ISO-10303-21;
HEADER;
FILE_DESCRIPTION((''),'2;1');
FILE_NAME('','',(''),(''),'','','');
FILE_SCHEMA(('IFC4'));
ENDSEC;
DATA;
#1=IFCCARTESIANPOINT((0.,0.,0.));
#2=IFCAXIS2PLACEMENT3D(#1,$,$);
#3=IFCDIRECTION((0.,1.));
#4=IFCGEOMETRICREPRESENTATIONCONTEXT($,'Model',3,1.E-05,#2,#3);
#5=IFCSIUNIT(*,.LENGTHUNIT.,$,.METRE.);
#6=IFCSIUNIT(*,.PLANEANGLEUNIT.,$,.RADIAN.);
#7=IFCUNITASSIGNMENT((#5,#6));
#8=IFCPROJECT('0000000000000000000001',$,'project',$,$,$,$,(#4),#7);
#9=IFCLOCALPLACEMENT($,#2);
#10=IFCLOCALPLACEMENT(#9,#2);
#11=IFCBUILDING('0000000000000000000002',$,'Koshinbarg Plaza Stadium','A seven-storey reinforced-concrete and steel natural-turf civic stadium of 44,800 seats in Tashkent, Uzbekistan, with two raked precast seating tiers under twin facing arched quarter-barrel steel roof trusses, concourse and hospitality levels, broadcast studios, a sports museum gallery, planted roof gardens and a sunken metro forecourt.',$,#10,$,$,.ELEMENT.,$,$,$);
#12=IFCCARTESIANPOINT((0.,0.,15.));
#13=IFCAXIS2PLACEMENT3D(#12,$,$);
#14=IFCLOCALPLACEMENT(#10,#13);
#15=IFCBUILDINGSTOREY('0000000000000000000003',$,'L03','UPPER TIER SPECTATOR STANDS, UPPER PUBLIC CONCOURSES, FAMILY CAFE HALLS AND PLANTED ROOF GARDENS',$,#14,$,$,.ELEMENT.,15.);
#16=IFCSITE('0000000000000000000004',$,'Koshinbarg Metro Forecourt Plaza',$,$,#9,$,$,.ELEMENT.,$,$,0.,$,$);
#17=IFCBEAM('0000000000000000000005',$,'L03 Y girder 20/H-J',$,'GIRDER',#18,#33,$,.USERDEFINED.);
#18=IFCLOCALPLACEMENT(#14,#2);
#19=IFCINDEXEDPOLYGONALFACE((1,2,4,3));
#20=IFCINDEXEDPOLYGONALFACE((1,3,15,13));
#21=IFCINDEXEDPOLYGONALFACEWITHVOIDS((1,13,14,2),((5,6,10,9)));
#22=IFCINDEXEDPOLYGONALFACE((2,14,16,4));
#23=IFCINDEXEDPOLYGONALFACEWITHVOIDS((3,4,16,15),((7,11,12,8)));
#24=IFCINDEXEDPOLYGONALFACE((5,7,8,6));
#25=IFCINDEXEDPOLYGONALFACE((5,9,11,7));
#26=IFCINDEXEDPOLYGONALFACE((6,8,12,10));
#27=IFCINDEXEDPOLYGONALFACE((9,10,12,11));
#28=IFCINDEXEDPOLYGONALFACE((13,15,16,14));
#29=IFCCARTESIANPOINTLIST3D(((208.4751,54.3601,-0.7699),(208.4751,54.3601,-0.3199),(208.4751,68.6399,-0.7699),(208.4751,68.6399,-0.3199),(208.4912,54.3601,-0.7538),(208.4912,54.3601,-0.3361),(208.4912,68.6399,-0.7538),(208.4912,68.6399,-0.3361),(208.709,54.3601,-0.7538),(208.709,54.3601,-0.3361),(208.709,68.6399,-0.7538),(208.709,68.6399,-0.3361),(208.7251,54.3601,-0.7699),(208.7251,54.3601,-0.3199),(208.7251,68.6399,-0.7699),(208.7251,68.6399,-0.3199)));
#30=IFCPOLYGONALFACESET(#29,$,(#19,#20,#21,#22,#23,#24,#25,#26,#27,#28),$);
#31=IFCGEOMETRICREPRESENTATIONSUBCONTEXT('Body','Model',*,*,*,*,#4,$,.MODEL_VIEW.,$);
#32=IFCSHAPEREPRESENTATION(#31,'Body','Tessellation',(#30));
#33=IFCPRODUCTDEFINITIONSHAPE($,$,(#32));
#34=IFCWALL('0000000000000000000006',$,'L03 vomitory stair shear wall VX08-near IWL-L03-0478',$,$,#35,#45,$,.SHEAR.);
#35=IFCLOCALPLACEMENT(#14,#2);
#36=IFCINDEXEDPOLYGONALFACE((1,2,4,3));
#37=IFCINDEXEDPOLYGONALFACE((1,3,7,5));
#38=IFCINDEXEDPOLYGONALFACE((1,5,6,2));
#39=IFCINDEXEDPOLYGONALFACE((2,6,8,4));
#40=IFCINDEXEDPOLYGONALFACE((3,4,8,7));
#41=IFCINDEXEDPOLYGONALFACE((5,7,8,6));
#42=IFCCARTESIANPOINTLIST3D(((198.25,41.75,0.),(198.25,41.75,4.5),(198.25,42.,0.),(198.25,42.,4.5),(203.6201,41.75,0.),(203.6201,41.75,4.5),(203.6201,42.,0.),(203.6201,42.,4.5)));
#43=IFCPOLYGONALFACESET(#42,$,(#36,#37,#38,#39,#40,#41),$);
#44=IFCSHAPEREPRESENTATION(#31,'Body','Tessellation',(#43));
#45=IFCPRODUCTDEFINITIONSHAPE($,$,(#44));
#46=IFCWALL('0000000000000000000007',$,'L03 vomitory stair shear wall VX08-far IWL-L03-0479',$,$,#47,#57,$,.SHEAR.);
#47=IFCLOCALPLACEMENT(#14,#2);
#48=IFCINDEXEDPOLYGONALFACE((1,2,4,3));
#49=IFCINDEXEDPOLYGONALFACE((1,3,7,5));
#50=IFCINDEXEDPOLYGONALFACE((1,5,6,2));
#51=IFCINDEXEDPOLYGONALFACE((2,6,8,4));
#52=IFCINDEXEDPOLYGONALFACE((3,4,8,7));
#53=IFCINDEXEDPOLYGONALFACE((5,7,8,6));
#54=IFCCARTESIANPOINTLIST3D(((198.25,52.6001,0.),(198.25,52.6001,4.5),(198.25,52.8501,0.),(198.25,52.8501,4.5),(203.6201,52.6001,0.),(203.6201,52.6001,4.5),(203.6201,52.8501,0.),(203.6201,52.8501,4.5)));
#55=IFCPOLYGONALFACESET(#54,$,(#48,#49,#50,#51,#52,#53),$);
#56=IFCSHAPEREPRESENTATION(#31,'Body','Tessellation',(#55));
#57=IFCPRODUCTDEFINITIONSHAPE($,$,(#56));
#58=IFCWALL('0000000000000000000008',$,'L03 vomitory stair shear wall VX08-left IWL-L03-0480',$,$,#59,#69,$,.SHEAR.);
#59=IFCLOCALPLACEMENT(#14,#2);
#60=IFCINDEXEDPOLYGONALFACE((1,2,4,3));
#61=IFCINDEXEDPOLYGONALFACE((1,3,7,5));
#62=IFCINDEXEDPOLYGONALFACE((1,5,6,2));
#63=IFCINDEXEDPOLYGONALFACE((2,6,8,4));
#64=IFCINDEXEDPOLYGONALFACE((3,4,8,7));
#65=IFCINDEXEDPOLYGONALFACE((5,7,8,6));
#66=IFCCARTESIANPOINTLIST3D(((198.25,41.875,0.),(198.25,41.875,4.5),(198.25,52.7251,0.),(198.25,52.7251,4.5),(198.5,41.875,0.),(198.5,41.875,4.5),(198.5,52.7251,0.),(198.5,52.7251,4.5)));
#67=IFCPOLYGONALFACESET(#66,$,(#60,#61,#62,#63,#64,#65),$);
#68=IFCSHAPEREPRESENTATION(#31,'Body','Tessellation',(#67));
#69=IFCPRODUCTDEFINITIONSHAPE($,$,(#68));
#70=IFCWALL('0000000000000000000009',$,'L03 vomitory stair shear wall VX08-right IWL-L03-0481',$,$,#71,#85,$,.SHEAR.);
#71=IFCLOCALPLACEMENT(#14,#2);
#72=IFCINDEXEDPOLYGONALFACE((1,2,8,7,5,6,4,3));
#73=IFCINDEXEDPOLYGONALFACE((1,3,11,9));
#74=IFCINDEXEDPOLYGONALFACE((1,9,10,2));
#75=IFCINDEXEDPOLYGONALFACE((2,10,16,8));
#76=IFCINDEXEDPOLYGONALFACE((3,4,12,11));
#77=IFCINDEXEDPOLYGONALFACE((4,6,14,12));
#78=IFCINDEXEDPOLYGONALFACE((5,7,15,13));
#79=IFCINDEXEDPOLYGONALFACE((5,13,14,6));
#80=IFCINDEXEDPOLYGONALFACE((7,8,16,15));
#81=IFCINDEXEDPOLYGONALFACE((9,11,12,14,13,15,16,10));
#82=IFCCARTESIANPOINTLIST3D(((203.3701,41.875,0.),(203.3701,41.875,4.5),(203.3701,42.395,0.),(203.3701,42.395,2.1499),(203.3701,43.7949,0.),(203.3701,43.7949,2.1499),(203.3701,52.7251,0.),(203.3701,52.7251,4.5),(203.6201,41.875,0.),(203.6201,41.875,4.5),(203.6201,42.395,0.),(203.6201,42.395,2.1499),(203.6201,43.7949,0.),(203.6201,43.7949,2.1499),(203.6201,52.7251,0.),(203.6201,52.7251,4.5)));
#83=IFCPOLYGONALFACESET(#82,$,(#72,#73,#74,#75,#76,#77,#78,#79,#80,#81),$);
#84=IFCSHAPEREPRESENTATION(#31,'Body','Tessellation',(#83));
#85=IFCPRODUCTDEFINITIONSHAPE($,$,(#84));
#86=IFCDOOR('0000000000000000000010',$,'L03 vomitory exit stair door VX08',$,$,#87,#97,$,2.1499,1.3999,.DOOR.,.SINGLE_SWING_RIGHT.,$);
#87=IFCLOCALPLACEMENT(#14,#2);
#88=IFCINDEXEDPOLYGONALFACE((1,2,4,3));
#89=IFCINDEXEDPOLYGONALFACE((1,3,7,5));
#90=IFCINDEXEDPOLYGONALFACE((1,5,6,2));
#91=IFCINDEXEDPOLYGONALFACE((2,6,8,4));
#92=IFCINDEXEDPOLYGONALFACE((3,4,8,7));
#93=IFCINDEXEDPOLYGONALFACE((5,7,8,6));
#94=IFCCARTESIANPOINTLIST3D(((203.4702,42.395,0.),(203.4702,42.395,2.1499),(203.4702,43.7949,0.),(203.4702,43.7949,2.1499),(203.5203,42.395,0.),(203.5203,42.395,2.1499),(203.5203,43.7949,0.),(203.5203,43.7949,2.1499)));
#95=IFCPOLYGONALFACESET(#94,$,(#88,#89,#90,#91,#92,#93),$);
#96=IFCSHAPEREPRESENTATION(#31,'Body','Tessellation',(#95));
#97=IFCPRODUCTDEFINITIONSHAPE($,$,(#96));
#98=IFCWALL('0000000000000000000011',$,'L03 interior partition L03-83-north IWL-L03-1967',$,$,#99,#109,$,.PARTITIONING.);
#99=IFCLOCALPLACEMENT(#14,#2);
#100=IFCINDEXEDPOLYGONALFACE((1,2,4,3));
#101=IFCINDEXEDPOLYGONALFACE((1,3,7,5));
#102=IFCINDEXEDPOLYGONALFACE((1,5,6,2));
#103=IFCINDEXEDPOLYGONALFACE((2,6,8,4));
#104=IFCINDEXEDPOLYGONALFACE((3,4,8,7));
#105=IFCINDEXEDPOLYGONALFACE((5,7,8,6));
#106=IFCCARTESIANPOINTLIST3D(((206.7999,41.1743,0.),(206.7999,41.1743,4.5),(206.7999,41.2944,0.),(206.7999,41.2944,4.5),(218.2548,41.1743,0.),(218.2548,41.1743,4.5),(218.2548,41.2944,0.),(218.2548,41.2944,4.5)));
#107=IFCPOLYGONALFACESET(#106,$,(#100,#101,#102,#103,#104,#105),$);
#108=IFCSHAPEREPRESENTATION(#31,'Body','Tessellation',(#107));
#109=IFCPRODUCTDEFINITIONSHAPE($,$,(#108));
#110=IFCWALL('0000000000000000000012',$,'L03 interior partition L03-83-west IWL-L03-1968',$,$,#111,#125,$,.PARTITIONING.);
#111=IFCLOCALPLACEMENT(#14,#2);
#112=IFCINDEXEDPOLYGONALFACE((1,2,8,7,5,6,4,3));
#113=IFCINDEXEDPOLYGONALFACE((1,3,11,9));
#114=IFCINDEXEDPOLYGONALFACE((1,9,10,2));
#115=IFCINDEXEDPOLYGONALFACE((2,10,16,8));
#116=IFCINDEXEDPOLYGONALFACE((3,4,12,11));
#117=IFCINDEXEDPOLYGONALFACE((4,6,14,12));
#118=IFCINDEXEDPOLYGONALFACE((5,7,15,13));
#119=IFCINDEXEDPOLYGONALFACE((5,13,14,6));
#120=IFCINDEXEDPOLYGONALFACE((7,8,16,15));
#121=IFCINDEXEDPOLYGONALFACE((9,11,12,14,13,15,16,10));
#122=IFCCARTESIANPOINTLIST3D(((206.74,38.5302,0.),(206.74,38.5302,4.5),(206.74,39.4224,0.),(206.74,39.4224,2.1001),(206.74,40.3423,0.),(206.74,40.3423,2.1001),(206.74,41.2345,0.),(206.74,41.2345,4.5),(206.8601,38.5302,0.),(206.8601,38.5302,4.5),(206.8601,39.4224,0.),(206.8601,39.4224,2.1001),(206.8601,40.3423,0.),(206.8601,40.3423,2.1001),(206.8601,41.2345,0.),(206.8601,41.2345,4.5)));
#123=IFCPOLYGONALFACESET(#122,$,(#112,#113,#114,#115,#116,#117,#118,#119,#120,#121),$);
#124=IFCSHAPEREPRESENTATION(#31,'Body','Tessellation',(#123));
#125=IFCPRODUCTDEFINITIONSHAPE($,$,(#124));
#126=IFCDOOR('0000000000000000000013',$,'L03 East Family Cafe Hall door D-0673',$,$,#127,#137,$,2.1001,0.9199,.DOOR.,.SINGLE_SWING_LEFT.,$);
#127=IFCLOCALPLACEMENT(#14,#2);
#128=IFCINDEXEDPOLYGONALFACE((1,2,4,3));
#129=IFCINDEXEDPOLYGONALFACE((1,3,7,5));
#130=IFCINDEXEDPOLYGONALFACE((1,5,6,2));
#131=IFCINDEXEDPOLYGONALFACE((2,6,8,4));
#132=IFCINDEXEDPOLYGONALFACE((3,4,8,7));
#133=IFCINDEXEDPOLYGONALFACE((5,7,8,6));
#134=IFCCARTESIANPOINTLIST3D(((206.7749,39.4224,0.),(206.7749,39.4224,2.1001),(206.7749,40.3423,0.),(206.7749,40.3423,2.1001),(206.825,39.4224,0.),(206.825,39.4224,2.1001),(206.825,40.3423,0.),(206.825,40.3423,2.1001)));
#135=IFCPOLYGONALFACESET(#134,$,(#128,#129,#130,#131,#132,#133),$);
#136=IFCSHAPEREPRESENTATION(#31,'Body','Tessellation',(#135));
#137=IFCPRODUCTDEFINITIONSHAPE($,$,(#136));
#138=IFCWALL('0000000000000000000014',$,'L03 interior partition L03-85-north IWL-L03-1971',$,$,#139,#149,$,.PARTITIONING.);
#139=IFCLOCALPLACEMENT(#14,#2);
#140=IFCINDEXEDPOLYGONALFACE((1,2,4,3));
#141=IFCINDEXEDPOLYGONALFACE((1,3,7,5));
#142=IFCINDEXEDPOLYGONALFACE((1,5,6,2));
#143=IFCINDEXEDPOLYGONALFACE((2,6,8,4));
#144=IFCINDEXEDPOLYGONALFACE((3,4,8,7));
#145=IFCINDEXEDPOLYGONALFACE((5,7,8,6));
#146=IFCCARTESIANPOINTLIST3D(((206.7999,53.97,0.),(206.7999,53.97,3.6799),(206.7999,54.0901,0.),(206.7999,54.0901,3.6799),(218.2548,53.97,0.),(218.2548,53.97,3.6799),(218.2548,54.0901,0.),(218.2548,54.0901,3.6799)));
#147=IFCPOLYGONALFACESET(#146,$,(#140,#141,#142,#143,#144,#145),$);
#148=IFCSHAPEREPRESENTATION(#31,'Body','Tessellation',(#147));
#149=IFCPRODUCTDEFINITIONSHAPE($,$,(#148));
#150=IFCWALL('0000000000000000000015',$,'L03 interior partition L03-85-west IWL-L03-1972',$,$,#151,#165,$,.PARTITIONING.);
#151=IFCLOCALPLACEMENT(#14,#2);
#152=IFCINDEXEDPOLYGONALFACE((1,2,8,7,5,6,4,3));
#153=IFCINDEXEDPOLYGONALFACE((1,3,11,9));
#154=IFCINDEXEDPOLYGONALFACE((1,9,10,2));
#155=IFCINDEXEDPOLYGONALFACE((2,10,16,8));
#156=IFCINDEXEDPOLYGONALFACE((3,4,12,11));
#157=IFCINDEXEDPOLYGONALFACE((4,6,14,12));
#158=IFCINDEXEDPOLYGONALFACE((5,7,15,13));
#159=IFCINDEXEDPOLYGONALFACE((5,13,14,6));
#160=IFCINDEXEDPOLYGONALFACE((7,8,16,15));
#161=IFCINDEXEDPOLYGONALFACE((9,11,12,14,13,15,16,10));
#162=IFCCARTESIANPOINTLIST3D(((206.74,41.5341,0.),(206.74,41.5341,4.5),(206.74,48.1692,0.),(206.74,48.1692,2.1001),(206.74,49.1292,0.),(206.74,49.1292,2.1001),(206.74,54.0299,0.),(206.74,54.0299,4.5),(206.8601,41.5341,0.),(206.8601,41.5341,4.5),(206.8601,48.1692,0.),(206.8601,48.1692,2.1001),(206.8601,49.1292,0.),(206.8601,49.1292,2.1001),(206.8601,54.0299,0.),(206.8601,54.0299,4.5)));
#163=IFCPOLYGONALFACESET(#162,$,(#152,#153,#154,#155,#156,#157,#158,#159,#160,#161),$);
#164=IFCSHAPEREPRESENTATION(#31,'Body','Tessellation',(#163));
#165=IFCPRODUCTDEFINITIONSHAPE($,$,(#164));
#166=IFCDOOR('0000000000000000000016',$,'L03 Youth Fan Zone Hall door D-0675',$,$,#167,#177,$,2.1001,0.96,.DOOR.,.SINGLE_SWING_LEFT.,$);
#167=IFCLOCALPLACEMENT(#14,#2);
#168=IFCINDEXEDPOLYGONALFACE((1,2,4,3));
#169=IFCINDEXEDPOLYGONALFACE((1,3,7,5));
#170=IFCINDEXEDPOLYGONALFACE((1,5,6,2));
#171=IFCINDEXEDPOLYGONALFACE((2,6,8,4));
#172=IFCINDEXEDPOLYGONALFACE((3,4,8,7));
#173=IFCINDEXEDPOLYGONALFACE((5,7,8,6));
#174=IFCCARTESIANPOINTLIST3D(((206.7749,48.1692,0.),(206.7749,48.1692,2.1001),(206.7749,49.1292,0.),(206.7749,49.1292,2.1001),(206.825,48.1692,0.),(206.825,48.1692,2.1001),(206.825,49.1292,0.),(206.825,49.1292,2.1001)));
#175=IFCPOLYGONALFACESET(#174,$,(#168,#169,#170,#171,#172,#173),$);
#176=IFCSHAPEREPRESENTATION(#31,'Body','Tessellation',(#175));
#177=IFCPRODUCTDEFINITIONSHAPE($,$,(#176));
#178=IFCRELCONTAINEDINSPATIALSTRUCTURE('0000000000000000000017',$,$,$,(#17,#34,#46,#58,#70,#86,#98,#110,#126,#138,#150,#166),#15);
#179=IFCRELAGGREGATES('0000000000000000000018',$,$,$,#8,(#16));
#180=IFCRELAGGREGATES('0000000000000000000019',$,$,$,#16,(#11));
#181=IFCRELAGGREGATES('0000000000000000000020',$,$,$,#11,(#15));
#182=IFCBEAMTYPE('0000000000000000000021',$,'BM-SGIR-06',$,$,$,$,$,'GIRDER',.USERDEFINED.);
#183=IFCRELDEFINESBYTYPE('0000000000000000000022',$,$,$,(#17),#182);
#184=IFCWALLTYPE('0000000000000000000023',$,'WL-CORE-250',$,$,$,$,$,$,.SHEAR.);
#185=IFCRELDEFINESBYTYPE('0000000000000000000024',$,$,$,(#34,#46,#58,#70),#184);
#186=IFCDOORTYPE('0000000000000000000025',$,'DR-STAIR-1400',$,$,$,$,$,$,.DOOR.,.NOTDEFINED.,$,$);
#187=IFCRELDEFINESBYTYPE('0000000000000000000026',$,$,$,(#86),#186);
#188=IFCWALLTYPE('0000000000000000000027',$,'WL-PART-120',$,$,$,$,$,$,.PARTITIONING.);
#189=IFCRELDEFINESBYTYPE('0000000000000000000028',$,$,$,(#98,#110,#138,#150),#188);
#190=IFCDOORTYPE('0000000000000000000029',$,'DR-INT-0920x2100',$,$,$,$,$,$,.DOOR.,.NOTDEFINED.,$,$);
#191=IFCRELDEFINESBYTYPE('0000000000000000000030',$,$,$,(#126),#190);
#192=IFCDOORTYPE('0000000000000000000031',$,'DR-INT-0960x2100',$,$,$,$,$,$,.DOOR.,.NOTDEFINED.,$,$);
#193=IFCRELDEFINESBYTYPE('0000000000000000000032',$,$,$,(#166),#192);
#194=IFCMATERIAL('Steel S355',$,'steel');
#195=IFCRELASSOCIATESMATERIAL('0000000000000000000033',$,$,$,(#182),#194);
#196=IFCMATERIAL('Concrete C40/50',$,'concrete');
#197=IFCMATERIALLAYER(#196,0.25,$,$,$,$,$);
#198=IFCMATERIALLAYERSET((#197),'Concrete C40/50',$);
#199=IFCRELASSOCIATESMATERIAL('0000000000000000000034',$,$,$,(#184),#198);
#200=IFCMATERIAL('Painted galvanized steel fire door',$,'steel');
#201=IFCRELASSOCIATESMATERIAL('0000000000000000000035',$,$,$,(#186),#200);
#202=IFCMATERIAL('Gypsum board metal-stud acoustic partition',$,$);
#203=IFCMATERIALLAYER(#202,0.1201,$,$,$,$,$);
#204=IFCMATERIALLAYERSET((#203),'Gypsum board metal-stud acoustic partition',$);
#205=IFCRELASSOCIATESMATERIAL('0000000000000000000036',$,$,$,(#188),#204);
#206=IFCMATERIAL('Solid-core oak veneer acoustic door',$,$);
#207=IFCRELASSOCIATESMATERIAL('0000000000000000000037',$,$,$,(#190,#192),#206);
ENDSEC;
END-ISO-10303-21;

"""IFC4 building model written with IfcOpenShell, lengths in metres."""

from ifc_helpers import new_model, si_unit, direction, frame, frame_2d, origin, origin_2d, place, context, subcontext, project, spatial, rectangle, hollow_rectangle, extrude, material, layer, layer_set, material_profile, profile_set, type_object, element, fill, save


model = new_model("IFC4")

# Units and contexts
model_context = context("Model", 3, precision=1e-05, world=origin(), true_north=direction((0.0, 1.0)))
body_context = subcontext(model_context, "Body", "Model", "MODEL_VIEW")
ifc_project = project(units=[si_unit("LENGTHUNIT", "METRE"), si_unit("PLANEANGLEUNIT", "RADIAN")], contexts=[model_context])

# Site, building, storey
site_placement = place(None, origin())
site = spatial("IfcSite", under=ifc_project, at=site_placement, Name="Koshinbarg Metro Forecourt Plaza", CompositionType="ELEMENT", RefElevation=0.0)
building_placement = place(site_placement, origin())
building = spatial("IfcBuilding", under=site, at=building_placement, Name="Koshinbarg Plaza Stadium", Description="A seven-storey reinforced-concrete and steel natural-turf civic stadium of 44,800 seats in Tashkent, Uzbekistan, with two raked precast seating tiers under twin facing arched quarter-barrel steel roof trusses, concourse and hospitality levels, broadcast studios, a sports museum gallery, planted roof gardens and a sunken metro forecourt.", CompositionType="ELEMENT")
storey_placement = place(building_placement, frame((0.0, 0.0, 15.0)))
storey = spatial("IfcBuildingStorey", under=building, at=storey_placement, Name="L03", Description="UPPER TIER SPECTATOR STANDS, UPPER PUBLIC CONCOURSES, FAMILY CAFE HALLS AND PLANTED ROOF GARDENS", CompositionType="ELEMENT", Elevation=15.0)

# Shared definitions
ifc_material_1 = material(Name="Steel S355", Category="steel")

# Beam
ifc_material_2 = material(Name="Concrete C40/50", Category="concrete")
ifc_material_profile_1 = material_profile(ifc_material_1, hollow_rectangle(XDim=0.25, YDim=0.45, WallThickness=0.0161, at=origin_2d()), Name="RHS 450x250x16")
ifc_profile_set_1 = profile_set([ifc_material_profile_1], Name="Steel S355")
beam_type_1 = type_object("IfcBeamType", Name="BM-SGIR-06", ElementType="GIRDER", PredefinedType="USERDEFINED", material=ifc_profile_set_1)
beam_1_placement = place(storey_placement, frame((208.6001, 54.3601, -0.5449), z_axis=(0.0, 1.0, 0.0), x_axis=(-1.0, 0.0, 0.0)))
element("IfcBeam", 1, at=beam_1_placement, inside=storey, type_object=beam_type_1, Name="L03 Y girder 20/H-J", ObjectType="GIRDER", PredefinedType="USERDEFINED", context=body_context, shape_type="SweptSolid", body=[
    extrude(hollow_rectangle(XDim=0.25, YDim=0.45, WallThickness=0.0161, at=origin_2d()), origin(), (0.0, 0.0, 1.0), 14.2798),
])

# Walls
ifc_layer_1 = layer(ifc_material_2, 0.25)
ifc_layer_set_1 = layer_set([ifc_layer_1], Name="Concrete C40/50")
wall_type_1 = type_object("IfcWallType", Name="WL-CORE-250", PredefinedType="SHEAR", material=ifc_layer_set_1)
for number, where, z_axis, x_axis, name in (
    (2, (198.25, 41.875, 0.0), (0.0, 0.0, 1.0), (1.0, 0.0, 0.0), "L03 vomitory stair shear wall VX08-near IWL-L03-0478"),
    (3, (203.6201, 52.7251, 0.0), (0.0, 0.0, 1.0), (-1.0, 0.0, 0.0), "L03 vomitory stair shear wall VX08-far IWL-L03-0479"),
):
    element("IfcWall", number, at=place(storey_placement, frame(where, z_axis=z_axis, x_axis=x_axis)), inside=storey, type_object=wall_type_1, Name=name, PredefinedType="SHEAR", context=body_context, shape_type="SweptSolid", body=[
        extrude(rectangle(XDim=5.3701, YDim=0.25, at=frame_2d((2.6851, 0.0))), origin(), (0.0, 0.0, 1.0), 4.5),
    ])
wall_1_placement = place(storey_placement, frame((198.375, 41.875, 0.0), z_axis=(0.0, 0.0, 1.0), x_axis=(0.0, 1.0, 0.0)))
element("IfcWall", 4, at=wall_1_placement, inside=storey, type_object=wall_type_1, Name="L03 vomitory stair shear wall VX08-left IWL-L03-0480", PredefinedType="SHEAR", context=body_context, shape_type="SweptSolid", body=[
    extrude(rectangle(XDim=10.8501, YDim=0.25, at=frame_2d((5.425, 0.0))), origin(), (0.0, 0.0, 1.0), 4.5),
])

# Wall, opening, door
wall_2_placement = place(storey_placement, frame((203.4951, 41.875, 0.0), z_axis=(0.0, 0.0, 1.0), x_axis=(0.0, 1.0, 0.0)))
wall_2 = element("IfcWall", 5, at=wall_2_placement, inside=storey, type_object=wall_type_1, Name="L03 vomitory stair shear wall VX08-right IWL-L03-0481", PredefinedType="SHEAR", context=body_context, shape_type="SweptSolid", body=[
    extrude(rectangle(XDim=10.8501, YDim=0.25, at=frame_2d((5.425, 0.0))), origin(), (0.0, 0.0, 1.0), 4.5),
])
opening_1_placement = place(wall_2_placement, frame((0.52, 0.0, 0.0)))
opening_1 = element("IfcOpeningElement", 6, at=opening_1_placement, cuts=wall_2, PredefinedType="OPENING", context=body_context, shape_type="SweptSolid", body=[
    extrude(rectangle(XDim=1.3999, YDim=2.1499, at=frame_2d((0.7, 1.075))), frame((0.0, 0.135, 0.0), z_axis=(0.0, -1.0, 0.0), x_axis=(1.0, 0.0, 0.0)), (0.0, 0.0, 1.0), 0.27),
])
ifc_material_3 = material(Name="Painted galvanized steel fire door", Category="steel")
door_type_1 = type_object("IfcDoorType", Name="DR-STAIR-1400", OperationType="NOTDEFINED", PredefinedType="DOOR", material=ifc_material_3)
door_1_placement = place(opening_1_placement, origin())
door_1 = element("IfcDoor", 7, at=door_1_placement, inside=storey, type_object=door_type_1, Name="L03 vomitory exit stair door VX08", OperationType="SINGLE_SWING_RIGHT", OverallHeight=2.1499, OverallWidth=1.3999, PredefinedType="DOOR", context=body_context, shape_type="SweptSolid", body=[
    extrude(rectangle(XDim=1.3999, YDim=2.1499, at=frame_2d((0.7, 1.075))), frame((0.0, 0.0249, 0.0), z_axis=(0.0, -1.0, 0.0), x_axis=(1.0, 0.0, 0.0)), (0.0, 0.0, 1.0), 0.05),
])
fill(opening_1, door_1)

# Wall
ifc_material_4 = material(Name="Gypsum board metal-stud acoustic partition")
ifc_layer_2 = layer(ifc_material_4, 0.1201)
ifc_layer_set_2 = layer_set([ifc_layer_2], Name="Gypsum board metal-stud acoustic partition")
wall_type_2 = type_object("IfcWallType", Name="WL-PART-120", PredefinedType="PARTITIONING", material=ifc_layer_set_2)
wall_3_placement = place(storey_placement, frame((218.2549, 41.2344, 0.0), z_axis=(0.0, 0.0, 1.0), x_axis=(-1.0, 0.0, 0.0)))
element("IfcWall", 8, at=wall_3_placement, inside=storey, type_object=wall_type_2, Name="L03 interior partition L03-83-north IWL-L03-1967", PredefinedType="PARTITIONING", context=body_context, shape_type="SweptSolid", body=[
    extrude(rectangle(XDim=11.4548, YDim=0.1201, at=frame_2d((5.7275, 0.0))), origin(), (0.0, 0.0, 1.0), 4.5),
])

# Wall, opening, door
wall_4_placement = place(storey_placement, frame((206.8, 41.2344, 0.0), z_axis=(0.0, 0.0, 1.0), x_axis=(0.0, -1.0, 0.0)))
wall_4 = element("IfcWall", 9, at=wall_4_placement, inside=storey, type_object=wall_type_2, Name="L03 interior partition L03-83-west IWL-L03-1968", PredefinedType="PARTITIONING", context=body_context, shape_type="SweptSolid", body=[
    extrude(rectangle(XDim=2.7043, YDim=0.1201, at=frame_2d((1.3521, 0.0))), origin(), (0.0, 0.0, 1.0), 4.5),
])
opening_2_placement = place(wall_4_placement, frame((0.8921, 0.0, 0.0)))
opening_2 = element("IfcOpeningElement", 10, at=opening_2_placement, cuts=wall_4, PredefinedType="OPENING", context=body_context, shape_type="SweptSolid", body=[
    extrude(rectangle(XDim=0.9199, YDim=2.1001, at=frame_2d((0.46, 1.05))), frame((0.0, 0.0701, 0.0), z_axis=(0.0, -1.0, 0.0), x_axis=(1.0, 0.0, 0.0)), (0.0, 0.0, 1.0), 0.1401),
])
ifc_material_5 = material(Name="Solid-core oak veneer acoustic door")
door_type_2 = type_object("IfcDoorType", Name="DR-INT-0920x2100", OperationType="NOTDEFINED", PredefinedType="DOOR", material=ifc_material_5)
door_2_placement = place(opening_2_placement, origin())
door_2 = element("IfcDoor", 11, at=door_2_placement, inside=storey, type_object=door_type_2, Name="L03 East Family Cafe Hall door D-0673", OperationType="SINGLE_SWING_LEFT", OverallHeight=2.1001, OverallWidth=0.9199, PredefinedType="DOOR", context=body_context, shape_type="SweptSolid", body=[
    extrude(rectangle(XDim=0.9199, YDim=2.1001, at=frame_2d((0.46, 1.05))), frame((0.0, 0.0249, 0.0), z_axis=(0.0, -1.0, 0.0), x_axis=(1.0, 0.0, 0.0)), (0.0, 0.0, 1.0), 0.05),
])
fill(opening_2, door_2)

# Wall
wall_5_placement = place(storey_placement, frame((218.2549, 54.03, 0.0), z_axis=(0.0, 0.0, 1.0), x_axis=(-1.0, 0.0, 0.0)))
element("IfcWall", 12, at=wall_5_placement, inside=storey, type_object=wall_type_2, Name="L03 interior partition L03-85-north IWL-L03-1971", PredefinedType="PARTITIONING", context=body_context, shape_type="SweptSolid", body=[
    extrude(rectangle(XDim=11.4548, YDim=0.1201, at=frame_2d((5.7275, 0.0))), origin(), (0.0, 0.0, 1.0), 3.6799),
])

# Wall, opening, door
wall_6_placement = place(storey_placement, frame((206.8, 54.03, 0.0), z_axis=(0.0, 0.0, 1.0), x_axis=(0.0, -1.0, 0.0)))
wall_6 = element("IfcWall", 13, at=wall_6_placement, inside=storey, type_object=wall_type_2, Name="L03 interior partition L03-85-west IWL-L03-1972", PredefinedType="PARTITIONING", context=body_context, shape_type="SweptSolid", body=[
    extrude(rectangle(XDim=12.4958, YDim=0.1201, at=frame_2d((6.248, 0.0))), origin(), (0.0, 0.0, 1.0), 4.5),
])
opening_3_placement = place(wall_6_placement, frame((4.9009, 0.0, 0.0)))
opening_3 = element("IfcOpeningElement", 14, at=opening_3_placement, cuts=wall_6, PredefinedType="OPENING", context=body_context, shape_type="SweptSolid", body=[
    extrude(rectangle(XDim=0.96, YDim=2.1001, at=frame_2d((0.48, 1.05))), frame((0.0, 0.0701, 0.0), z_axis=(0.0, -1.0, 0.0), x_axis=(1.0, 0.0, 0.0)), (0.0, 0.0, 1.0), 0.1401),
])
door_type_3 = type_object("IfcDoorType", Name="DR-INT-0960x2100", OperationType="NOTDEFINED", PredefinedType="DOOR", material=ifc_material_5)
door_3_placement = place(opening_3_placement, origin())
door_3 = element("IfcDoor", 15, at=door_3_placement, inside=storey, type_object=door_type_3, Name="L03 Youth Fan Zone Hall door D-0675", OperationType="SINGLE_SWING_LEFT", OverallHeight=2.1001, OverallWidth=0.96, PredefinedType="DOOR", context=body_context, shape_type="SweptSolid", body=[
    extrude(rectangle(XDim=0.96, YDim=2.1001, at=frame_2d((0.48, 1.05))), frame((0.0, 0.0249, 0.0), z_axis=(0.0, -1.0, 0.0), x_axis=(1.0, 0.0, 0.0)), (0.0, 0.0, 1.0), 0.05),
])
fill(opening_3, door_3)

save(model, "model.ifc")
